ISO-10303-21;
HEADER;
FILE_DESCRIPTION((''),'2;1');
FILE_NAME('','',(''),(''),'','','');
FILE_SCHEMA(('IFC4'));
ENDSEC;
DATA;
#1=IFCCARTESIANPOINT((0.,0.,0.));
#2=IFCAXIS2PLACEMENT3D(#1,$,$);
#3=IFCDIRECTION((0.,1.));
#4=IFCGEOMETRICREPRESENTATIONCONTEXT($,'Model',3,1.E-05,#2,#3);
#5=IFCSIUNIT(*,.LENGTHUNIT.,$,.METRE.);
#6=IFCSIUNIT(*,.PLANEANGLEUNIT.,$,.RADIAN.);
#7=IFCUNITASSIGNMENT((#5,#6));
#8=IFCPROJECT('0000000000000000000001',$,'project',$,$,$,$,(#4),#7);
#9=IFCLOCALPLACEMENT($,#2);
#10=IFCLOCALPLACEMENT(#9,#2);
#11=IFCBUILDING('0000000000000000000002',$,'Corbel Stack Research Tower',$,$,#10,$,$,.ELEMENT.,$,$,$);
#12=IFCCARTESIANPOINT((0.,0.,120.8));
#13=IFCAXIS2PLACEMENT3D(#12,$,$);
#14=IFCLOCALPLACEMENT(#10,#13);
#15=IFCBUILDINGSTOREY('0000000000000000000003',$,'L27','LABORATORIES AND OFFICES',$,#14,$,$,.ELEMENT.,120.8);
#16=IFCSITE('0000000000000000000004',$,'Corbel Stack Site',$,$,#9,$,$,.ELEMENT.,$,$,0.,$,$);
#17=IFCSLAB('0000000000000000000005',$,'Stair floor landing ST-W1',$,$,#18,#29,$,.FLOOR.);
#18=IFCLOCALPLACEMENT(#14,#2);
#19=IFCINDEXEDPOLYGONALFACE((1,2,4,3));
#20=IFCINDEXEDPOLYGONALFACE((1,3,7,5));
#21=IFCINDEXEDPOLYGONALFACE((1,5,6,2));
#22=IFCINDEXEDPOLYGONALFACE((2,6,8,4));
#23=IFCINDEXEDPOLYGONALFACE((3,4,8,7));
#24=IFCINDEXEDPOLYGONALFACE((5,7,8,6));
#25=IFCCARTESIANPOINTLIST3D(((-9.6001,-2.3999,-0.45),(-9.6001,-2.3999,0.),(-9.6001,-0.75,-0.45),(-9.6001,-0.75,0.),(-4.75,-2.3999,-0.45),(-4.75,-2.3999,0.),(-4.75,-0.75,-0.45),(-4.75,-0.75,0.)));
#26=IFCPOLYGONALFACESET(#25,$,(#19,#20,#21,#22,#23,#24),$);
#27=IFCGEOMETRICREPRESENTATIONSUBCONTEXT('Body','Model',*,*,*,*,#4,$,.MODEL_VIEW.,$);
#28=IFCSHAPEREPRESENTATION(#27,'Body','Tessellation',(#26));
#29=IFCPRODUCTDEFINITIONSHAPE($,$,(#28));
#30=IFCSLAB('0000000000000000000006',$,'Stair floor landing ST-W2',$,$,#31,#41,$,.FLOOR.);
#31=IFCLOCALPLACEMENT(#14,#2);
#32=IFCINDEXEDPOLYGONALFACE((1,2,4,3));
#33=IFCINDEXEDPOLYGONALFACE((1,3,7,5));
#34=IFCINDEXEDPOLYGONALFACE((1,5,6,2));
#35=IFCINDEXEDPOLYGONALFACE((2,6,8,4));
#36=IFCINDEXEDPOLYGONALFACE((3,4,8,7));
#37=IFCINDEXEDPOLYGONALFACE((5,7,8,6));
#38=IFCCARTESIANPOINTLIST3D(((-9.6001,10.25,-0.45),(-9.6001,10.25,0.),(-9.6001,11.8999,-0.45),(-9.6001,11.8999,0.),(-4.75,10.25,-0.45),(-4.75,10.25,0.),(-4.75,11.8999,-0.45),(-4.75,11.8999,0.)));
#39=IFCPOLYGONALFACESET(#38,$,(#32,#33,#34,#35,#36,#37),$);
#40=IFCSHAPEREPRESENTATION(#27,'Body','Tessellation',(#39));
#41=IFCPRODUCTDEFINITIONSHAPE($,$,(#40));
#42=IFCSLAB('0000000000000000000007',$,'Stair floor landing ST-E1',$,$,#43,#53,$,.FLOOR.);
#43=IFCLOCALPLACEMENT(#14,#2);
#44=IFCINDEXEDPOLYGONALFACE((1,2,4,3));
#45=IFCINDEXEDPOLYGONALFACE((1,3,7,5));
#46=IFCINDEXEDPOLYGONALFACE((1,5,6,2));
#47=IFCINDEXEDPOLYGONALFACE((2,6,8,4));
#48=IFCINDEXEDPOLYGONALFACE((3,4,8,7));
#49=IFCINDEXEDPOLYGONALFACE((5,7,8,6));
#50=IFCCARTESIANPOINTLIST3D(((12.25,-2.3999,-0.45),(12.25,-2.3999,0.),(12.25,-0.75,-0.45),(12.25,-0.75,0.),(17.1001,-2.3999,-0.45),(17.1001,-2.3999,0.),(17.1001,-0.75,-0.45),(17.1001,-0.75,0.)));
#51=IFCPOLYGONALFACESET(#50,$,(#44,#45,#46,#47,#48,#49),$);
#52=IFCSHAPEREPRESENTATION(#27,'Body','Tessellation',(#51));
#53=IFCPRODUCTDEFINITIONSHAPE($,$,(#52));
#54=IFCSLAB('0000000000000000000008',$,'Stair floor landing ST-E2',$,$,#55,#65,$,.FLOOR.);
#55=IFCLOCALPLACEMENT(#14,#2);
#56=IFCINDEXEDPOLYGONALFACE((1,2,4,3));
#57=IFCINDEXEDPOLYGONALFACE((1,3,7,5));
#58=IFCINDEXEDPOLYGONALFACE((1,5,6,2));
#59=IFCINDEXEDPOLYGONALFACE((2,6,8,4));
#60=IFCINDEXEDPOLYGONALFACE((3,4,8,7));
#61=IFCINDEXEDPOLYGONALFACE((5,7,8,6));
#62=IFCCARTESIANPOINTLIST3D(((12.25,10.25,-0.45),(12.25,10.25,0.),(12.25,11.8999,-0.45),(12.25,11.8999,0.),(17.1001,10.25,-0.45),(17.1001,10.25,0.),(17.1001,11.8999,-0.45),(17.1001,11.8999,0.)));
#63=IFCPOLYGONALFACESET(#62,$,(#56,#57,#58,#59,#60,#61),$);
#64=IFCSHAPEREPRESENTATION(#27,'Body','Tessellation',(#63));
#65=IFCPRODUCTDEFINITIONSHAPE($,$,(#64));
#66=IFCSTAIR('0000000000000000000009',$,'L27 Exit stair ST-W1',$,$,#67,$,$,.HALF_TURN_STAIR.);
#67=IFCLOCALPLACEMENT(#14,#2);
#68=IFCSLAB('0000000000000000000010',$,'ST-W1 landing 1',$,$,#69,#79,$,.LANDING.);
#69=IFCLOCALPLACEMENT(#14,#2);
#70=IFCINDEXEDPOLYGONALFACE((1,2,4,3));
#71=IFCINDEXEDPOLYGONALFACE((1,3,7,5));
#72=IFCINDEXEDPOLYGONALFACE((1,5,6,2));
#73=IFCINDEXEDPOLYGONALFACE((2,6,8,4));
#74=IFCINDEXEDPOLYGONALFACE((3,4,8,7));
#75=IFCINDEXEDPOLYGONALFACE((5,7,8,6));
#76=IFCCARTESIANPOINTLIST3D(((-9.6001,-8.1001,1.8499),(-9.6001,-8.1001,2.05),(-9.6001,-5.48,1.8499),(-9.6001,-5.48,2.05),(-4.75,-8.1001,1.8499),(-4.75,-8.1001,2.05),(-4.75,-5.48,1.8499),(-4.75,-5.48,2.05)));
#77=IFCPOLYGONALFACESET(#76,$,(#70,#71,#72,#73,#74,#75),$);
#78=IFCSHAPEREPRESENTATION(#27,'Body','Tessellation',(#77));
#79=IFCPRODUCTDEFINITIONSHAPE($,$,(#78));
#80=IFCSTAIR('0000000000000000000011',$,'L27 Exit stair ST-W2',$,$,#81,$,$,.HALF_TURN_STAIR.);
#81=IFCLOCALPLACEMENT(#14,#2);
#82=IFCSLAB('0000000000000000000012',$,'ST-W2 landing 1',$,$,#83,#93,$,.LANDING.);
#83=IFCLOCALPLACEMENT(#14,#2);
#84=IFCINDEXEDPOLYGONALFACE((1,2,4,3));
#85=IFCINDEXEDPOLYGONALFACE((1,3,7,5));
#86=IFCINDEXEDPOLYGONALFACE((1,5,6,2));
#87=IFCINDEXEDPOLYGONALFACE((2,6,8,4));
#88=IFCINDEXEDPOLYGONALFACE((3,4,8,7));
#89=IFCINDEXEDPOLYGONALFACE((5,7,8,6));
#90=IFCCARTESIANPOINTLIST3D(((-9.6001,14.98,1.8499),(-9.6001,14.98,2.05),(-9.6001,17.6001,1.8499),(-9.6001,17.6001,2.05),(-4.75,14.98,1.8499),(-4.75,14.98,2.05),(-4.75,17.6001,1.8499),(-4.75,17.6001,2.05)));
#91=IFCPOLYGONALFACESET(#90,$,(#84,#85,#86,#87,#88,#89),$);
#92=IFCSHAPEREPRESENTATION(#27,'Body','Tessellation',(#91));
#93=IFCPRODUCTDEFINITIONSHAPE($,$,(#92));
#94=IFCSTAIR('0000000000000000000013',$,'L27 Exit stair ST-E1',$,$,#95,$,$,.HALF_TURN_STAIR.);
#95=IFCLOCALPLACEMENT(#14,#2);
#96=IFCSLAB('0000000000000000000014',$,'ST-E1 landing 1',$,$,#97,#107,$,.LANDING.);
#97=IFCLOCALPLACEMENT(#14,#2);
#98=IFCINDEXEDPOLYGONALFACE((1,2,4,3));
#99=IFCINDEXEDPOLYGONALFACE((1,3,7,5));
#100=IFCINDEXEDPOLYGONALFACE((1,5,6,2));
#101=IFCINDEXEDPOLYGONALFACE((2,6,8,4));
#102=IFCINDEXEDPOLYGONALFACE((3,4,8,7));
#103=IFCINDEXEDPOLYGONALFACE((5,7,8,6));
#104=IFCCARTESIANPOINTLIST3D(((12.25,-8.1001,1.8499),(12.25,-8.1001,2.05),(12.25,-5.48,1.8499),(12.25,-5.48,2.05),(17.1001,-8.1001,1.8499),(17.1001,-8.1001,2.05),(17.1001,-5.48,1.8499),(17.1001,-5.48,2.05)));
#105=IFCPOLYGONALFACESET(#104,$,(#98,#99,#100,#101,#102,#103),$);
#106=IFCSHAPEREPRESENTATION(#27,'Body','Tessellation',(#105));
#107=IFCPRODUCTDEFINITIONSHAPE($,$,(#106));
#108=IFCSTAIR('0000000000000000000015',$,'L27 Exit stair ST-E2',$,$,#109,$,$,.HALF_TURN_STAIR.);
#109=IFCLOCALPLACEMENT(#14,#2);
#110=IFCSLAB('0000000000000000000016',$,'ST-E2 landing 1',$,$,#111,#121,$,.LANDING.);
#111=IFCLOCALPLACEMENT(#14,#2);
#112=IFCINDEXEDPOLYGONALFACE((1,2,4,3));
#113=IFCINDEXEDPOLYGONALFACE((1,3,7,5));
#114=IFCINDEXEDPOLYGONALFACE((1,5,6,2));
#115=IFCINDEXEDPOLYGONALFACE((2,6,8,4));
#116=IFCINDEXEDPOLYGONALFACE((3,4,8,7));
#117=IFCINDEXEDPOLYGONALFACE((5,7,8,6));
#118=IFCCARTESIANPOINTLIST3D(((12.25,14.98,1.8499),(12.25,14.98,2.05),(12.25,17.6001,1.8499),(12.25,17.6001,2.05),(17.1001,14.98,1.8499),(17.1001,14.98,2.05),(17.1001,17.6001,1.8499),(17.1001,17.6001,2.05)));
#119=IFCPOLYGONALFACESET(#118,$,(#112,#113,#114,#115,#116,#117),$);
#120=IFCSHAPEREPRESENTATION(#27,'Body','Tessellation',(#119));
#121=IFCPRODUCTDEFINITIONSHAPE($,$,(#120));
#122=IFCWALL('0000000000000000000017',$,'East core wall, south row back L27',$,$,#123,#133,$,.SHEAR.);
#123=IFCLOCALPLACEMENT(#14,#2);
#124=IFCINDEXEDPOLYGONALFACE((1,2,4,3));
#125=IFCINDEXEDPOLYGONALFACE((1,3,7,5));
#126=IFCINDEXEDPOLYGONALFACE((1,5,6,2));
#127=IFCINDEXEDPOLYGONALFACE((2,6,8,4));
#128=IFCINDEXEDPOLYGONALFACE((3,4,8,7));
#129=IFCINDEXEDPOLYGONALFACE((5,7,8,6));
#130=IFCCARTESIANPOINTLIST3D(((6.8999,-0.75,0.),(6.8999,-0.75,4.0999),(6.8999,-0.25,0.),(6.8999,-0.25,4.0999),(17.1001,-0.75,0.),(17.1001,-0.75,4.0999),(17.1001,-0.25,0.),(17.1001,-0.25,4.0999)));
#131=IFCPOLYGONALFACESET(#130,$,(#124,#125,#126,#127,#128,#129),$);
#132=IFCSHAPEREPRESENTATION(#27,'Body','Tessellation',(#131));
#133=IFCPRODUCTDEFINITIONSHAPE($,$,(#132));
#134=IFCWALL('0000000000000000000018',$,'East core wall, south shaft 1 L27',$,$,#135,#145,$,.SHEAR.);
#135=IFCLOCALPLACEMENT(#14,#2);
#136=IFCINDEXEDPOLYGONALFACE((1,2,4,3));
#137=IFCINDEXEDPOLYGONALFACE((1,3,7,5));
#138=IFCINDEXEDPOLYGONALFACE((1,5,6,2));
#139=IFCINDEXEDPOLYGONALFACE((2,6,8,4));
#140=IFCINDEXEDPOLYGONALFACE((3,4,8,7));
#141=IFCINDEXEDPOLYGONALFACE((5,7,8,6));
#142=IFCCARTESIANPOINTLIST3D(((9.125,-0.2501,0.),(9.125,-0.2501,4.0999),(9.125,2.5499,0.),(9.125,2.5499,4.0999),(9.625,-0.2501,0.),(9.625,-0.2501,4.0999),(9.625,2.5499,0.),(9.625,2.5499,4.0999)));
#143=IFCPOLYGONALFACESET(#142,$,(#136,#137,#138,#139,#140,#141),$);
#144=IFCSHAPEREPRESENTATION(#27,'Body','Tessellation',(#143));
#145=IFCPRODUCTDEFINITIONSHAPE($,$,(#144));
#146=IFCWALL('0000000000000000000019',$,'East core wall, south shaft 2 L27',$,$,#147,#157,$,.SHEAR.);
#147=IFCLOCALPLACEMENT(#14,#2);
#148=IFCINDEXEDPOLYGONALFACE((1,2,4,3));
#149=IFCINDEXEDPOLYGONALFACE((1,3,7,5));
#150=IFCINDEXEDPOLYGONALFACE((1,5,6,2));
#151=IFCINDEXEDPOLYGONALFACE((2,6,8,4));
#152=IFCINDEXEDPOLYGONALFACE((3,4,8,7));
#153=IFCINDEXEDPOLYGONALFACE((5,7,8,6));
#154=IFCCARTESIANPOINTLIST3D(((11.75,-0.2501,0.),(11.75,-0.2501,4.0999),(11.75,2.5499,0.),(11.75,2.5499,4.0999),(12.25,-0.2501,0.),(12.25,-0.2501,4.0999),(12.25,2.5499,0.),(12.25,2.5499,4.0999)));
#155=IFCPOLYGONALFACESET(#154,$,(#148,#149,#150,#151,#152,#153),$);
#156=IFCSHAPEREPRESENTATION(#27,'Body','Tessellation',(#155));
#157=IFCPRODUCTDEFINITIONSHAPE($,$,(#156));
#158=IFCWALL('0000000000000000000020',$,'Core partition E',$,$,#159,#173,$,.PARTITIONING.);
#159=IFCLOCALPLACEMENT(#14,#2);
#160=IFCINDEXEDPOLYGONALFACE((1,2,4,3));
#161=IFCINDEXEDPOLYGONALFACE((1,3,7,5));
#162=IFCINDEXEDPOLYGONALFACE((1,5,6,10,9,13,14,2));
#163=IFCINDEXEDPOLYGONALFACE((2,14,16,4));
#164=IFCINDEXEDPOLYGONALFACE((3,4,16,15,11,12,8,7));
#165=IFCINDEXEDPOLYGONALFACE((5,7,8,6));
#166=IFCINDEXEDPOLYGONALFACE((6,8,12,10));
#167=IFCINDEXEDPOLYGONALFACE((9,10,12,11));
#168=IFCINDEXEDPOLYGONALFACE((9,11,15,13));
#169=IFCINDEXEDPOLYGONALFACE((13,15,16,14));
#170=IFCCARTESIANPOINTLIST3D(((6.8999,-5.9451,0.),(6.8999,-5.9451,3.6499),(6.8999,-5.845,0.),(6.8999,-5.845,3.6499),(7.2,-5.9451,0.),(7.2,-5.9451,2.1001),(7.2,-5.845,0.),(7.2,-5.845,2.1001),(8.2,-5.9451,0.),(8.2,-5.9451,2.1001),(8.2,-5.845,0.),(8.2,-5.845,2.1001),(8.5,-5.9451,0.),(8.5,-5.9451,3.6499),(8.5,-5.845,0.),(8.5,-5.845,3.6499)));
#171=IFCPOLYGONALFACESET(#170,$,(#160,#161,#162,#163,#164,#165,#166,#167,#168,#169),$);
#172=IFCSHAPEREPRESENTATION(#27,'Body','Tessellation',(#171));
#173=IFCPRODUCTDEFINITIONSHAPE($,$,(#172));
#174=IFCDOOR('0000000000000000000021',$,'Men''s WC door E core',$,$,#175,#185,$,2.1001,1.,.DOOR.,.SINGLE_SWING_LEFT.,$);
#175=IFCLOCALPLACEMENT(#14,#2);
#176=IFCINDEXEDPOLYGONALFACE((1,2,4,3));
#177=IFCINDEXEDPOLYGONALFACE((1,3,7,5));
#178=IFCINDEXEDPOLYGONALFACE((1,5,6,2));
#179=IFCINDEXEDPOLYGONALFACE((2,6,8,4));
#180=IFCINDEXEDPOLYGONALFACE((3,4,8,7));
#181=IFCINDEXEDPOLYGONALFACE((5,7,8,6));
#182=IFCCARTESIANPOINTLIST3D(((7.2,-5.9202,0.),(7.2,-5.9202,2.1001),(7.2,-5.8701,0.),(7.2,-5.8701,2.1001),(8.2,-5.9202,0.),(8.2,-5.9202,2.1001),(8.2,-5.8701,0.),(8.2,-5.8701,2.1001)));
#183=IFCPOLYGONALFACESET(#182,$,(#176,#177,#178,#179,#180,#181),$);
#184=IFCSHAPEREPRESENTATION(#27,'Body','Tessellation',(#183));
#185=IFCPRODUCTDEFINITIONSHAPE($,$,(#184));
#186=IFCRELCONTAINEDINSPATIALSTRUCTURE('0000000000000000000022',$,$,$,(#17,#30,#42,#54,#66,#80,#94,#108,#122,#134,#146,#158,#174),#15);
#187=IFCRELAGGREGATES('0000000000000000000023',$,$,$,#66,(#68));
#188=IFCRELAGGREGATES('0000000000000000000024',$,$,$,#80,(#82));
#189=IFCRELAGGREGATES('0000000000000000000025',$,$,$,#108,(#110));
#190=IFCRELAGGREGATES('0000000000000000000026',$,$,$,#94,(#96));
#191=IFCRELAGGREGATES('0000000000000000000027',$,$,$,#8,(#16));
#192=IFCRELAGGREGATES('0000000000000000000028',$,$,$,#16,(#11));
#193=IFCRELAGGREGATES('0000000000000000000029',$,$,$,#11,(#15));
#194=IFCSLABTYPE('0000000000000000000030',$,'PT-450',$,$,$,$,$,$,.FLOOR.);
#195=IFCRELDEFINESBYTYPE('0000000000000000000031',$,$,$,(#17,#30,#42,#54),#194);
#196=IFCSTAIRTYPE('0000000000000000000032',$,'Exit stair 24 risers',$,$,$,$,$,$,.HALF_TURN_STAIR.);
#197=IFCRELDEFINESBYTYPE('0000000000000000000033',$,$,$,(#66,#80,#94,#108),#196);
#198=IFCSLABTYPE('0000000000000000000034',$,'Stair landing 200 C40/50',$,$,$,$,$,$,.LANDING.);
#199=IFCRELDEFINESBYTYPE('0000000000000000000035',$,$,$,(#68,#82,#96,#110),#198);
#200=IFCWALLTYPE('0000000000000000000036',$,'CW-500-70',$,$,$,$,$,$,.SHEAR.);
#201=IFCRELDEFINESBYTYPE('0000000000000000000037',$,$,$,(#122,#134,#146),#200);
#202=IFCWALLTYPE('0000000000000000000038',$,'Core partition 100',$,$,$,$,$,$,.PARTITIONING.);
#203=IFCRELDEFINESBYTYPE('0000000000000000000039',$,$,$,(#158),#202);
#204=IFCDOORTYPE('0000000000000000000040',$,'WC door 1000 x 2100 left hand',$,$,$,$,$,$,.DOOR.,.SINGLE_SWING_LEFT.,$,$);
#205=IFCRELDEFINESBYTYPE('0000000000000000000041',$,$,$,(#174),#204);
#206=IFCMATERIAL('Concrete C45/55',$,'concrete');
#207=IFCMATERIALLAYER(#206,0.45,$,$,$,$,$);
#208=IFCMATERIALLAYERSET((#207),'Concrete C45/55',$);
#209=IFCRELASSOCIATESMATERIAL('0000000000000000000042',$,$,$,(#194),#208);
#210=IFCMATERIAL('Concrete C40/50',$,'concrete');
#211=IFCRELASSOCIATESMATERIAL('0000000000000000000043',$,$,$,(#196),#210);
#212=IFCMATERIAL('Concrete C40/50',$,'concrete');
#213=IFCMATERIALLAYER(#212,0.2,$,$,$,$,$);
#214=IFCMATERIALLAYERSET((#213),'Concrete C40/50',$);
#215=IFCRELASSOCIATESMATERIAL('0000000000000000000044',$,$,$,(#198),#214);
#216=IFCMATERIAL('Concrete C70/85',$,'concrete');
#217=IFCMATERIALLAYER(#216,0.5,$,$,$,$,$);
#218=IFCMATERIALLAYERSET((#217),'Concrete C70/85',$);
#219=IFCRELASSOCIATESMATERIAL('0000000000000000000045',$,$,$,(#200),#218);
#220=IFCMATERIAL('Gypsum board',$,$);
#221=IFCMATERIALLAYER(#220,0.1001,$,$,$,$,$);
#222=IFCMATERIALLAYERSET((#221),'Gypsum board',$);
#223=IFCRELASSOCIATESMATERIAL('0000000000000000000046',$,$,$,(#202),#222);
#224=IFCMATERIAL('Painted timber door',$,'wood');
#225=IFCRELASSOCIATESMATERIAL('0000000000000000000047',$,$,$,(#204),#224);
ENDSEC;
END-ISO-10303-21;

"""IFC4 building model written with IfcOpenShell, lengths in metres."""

from ifc_helpers import new_model, si_unit, direction, frame, frame_2d, origin, place, context, subcontext, project, spatial, polyline, rectangle, outline, extrude, material, layer, layer_set, type_object, element, fill, aggregate, save


model = new_model("IFC4")

# Units and contexts
model_context = context("Model", 3, precision=1e-05, world=origin(), true_north=direction((0.0, 1.0)))
body_context = subcontext(model_context, "Body", "Model", "MODEL_VIEW")
ifc_project = project(units=[si_unit("LENGTHUNIT", "METRE"), si_unit("PLANEANGLEUNIT", "RADIAN")], contexts=[model_context])

# Site, building, storey
site_placement = place(None, origin())
site = spatial("IfcSite", under=ifc_project, at=site_placement, Name="Corbel Stack Site", CompositionType="ELEMENT", RefElevation=0.0)
building_placement = place(site_placement, origin())
building = spatial("IfcBuilding", under=site, at=building_placement, Name="Corbel Stack Research Tower", CompositionType="ELEMENT")
storey_placement = place(building_placement, frame((0.0, 0.0, 120.8)))
storey = spatial("IfcBuildingStorey", under=building, at=storey_placement, Name="L27", Description="LABORATORIES AND OFFICES", CompositionType="ELEMENT", Elevation=120.8)

# Slabs
ifc_material_1 = material(Name="Concrete C45/55", Category="concrete")
ifc_layer_1 = layer(ifc_material_1, 0.45)
ifc_layer_set_1 = layer_set([ifc_layer_1], Name="Concrete C45/55")
slab_type_1 = type_object("IfcSlabType", Name="PT-450", PredefinedType="FLOOR", material=ifc_layer_set_1)
slab_1_placement = place(storey_placement, frame((0.0, 0.0, -0.45)))
element("IfcSlab", 1, at=slab_1_placement, inside=storey, type_object=slab_type_1, Name="Stair floor landing ST-W1", PredefinedType="FLOOR", context=body_context, shape_type="SweptSolid", body=[
    extrude(outline(polyline([(-9.6001, -2.3999), (-4.75, -2.3999), (-4.75, -0.75), (-9.6001, -0.75), (-9.6001, -2.3999)])), origin(), (0.0, 0.0, 1.0), 0.45),
])
slab_2_placement = place(storey_placement, frame((0.0, 0.0, -0.45)))
element("IfcSlab", 2, at=slab_2_placement, inside=storey, type_object=slab_type_1, Name="Stair floor landing ST-W2", PredefinedType="FLOOR", context=body_context, shape_type="SweptSolid", body=[
    extrude(outline(polyline([(-9.6001, 10.25), (-4.75, 10.25), (-4.75, 11.8999), (-9.6001, 11.8999), (-9.6001, 10.25)])), origin(), (0.0, 0.0, 1.0), 0.45),
])
slab_3_placement = place(storey_placement, frame((0.0, 0.0, -0.45)))
element("IfcSlab", 3, at=slab_3_placement, inside=storey, type_object=slab_type_1, Name="Stair floor landing ST-E1", PredefinedType="FLOOR", context=body_context, shape_type="SweptSolid", body=[
    extrude(outline(polyline([(12.25, -2.3999), (17.1001, -2.3999), (17.1001, -0.75), (12.25, -0.75), (12.25, -2.3999)])), origin(), (0.0, 0.0, 1.0), 0.45),
])
slab_4_placement = place(storey_placement, frame((0.0, 0.0, -0.45)))
element("IfcSlab", 4, at=slab_4_placement, inside=storey, type_object=slab_type_1, Name="Stair floor landing ST-E2", PredefinedType="FLOOR", context=body_context, shape_type="SweptSolid", body=[
    extrude(outline(polyline([(12.25, 10.25), (17.1001, 10.25), (17.1001, 11.8999), (12.25, 11.8999), (12.25, 10.25)])), origin(), (0.0, 0.0, 1.0), 0.45),
])

# Stairs, slabs
ifc_material_2 = material(Name="Concrete C40/50", Category="concrete")
stair_type = type_object("IfcStairType", Name="Exit stair 24 risers", PredefinedType="HALF_TURN_STAIR", material=ifc_material_2)
stair_1_placement = place(storey_placement, origin())
stair_1 = element("IfcStair", 5, at=stair_1_placement, inside=storey, type_object=stair_type, Name="L27 Exit stair ST-W1", PredefinedType="HALF_TURN_STAIR")
ifc_material_3 = material(Name="Concrete C40/50", Category="concrete")
ifc_layer_2 = layer(ifc_material_3, 0.2)
ifc_layer_set_2 = layer_set([ifc_layer_2], Name="Concrete C40/50")
slab_type_2 = type_object("IfcSlabType", Name="Stair landing 200 C40/50", PredefinedType="LANDING", material=ifc_layer_set_2)
slab_5_placement = place(storey_placement, frame((0.0, 0.0, 1.8499)))
slab_5 = element("IfcSlab", 6, at=slab_5_placement, type_object=slab_type_2, Name="ST-W1 landing 1", PredefinedType="LANDING", context=body_context, shape_type="SweptSolid", body=[
    extrude(outline(polyline([(-9.6001, -8.1001), (-9.6001, -5.48), (-4.75, -5.48), (-4.75, -8.1001), (-9.6001, -8.1001)])), origin(), (0.0, 0.0, 1.0), 0.2002),
])
aggregate(stair_1, [slab_5])
stair_2_placement = place(storey_placement, origin())
stair_2 = element("IfcStair", 7, at=stair_2_placement, inside=storey, type_object=stair_type, Name="L27 Exit stair ST-W2", PredefinedType="HALF_TURN_STAIR")
slab_6_placement = place(storey_placement, frame((0.0, 0.0, 1.8499)))
slab_6 = element("IfcSlab", 8, at=slab_6_placement, type_object=slab_type_2, Name="ST-W2 landing 1", PredefinedType="LANDING", context=body_context, shape_type="SweptSolid", body=[
    extrude(outline(polyline([(-9.6001, 14.98), (-9.6001, 17.6001), (-4.75, 17.6001), (-4.75, 14.98), (-9.6001, 14.98)])), origin(), (0.0, 0.0, 1.0), 0.2002),
])
aggregate(stair_2, [slab_6])
stair_3_placement = place(storey_placement, origin())
stair_3 = element("IfcStair", 9, at=stair_3_placement, inside=storey, type_object=stair_type, Name="L27 Exit stair ST-E1", PredefinedType="HALF_TURN_STAIR")
slab_7_placement = place(storey_placement, frame((0.0, 0.0, 1.8499)))
slab_7 = element("IfcSlab", 10, at=slab_7_placement, type_object=slab_type_2, Name="ST-E1 landing 1", PredefinedType="LANDING", context=body_context, shape_type="SweptSolid", body=[
    extrude(outline(polyline([(12.25, -8.1001), (12.25, -5.48), (17.1001, -5.48), (17.1001, -8.1001), (12.25, -8.1001)])), origin(), (0.0, 0.0, 1.0), 0.2002),
])
stair_4_placement = place(storey_placement, origin())
stair_4 = element("IfcStair", 11, at=stair_4_placement, inside=storey, type_object=stair_type, Name="L27 Exit stair ST-E2", PredefinedType="HALF_TURN_STAIR")
slab_8_placement = place(storey_placement, frame((0.0, 0.0, 1.8499)))
slab_8 = element("IfcSlab", 12, at=slab_8_placement, type_object=slab_type_2, Name="ST-E2 landing 1", PredefinedType="LANDING", context=body_context, shape_type="SweptSolid", body=[
    extrude(outline(polyline([(12.25, 14.98), (12.25, 17.6001), (17.1001, 17.6001), (17.1001, 14.98), (12.25, 14.98)])), origin(), (0.0, 0.0, 1.0), 0.2002),
])
aggregate(stair_4, [slab_8])

# Walls
ifc_material_4 = material(Name="Concrete C70/85", Category="concrete")
ifc_layer_3 = layer(ifc_material_4, 0.5)
ifc_layer_set_3 = layer_set([ifc_layer_3], Name="Concrete C70/85")
wall_type_1 = type_object("IfcWallType", Name="CW-500-70", PredefinedType="SHEAR", material=ifc_layer_set_3)
wall_1_placement = place(storey_placement, frame((6.8999, -0.5, 0.0), z_axis=(0.0, 0.0, 1.0), x_axis=(1.0, 0.0, 0.0)))
element("IfcWall", 13, at=wall_1_placement, inside=storey, type_object=wall_type_1, Name="East core wall, south row back L27", PredefinedType="SHEAR", context=body_context, shape_type="SweptSolid", body=[
    extrude(rectangle(XDim=10.2002, YDim=0.5, at=frame_2d((5.1001, 0.0))), origin(), (0.0, 0.0, 1.0), 4.0999),
])
for number, where, z_axis, x_axis, name in (
    (14, (9.375, -0.25, 0.0), (0.0, 0.0, 1.0), (0.0, 1.0, 0.0), "East core wall, south shaft 1 L27"),
    (15, (12.0, -0.25, 0.0), (0.0, 0.0, 1.0), (0.0, 1.0, 0.0), "East core wall, south shaft 2 L27"),
):
    element("IfcWall", number, at=place(storey_placement, frame(where, z_axis=z_axis, x_axis=x_axis)), inside=storey, type_object=wall_type_1, Name=name, PredefinedType="SHEAR", context=body_context, shape_type="SweptSolid", body=[
        extrude(rectangle(XDim=2.8, YDim=0.5, at=frame_2d((1.3999, 0.0))), origin(), (0.0, 0.0, 1.0), 4.0999),
    ])

# Wall, opening, door
ifc_material_5 = material(Name="Gypsum board")
ifc_layer_4 = layer(ifc_material_5, 0.1001)
ifc_layer_set_4 = layer_set([ifc_layer_4], Name="Gypsum board")
wall_type_2 = type_object("IfcWallType", Name="Core partition 100", PredefinedType="PARTITIONING", material=ifc_layer_set_4)
wall_2_placement = place(storey_placement, frame((6.8999, -5.895, 0.0), z_axis=(0.0, 0.0, 1.0), x_axis=(1.0, 0.0, 0.0)))
wall_2 = element("IfcWall", 16, at=wall_2_placement, inside=storey, type_object=wall_type_2, Name="Core partition E", PredefinedType="PARTITIONING", context=body_context, shape_type="SweptSolid", body=[
    extrude(rectangle(XDim=1.6001, YDim=0.1001, at=frame_2d((0.8, 0.0))), origin(), (0.0, 0.0, 1.0), 3.6499),
])
opening_1_placement = place(wall_2_placement, frame((0.3, 0.0, 0.0)))
opening_1 = element("IfcOpeningElement", 17, at=opening_1_placement, cuts=wall_2, PredefinedType="OPENING", context=body_context, shape_type="SweptSolid", body=[
    extrude(rectangle(XDim=1.0, YDim=2.1001, at=frame_2d((0.5, 1.05))), frame((0.0, 0.0601, 0.0), z_axis=(0.0, -1.0, 0.0), x_axis=(1.0, 0.0, 0.0)), (0.0, 0.0, 1.0), 0.1201),
])
ifc_material_6 = material(Name="Painted timber door", Category="wood")
door_type_1 = type_object("IfcDoorType", Name="WC door 1000 x 2100 left hand", OperationType="SINGLE_SWING_LEFT", PredefinedType="DOOR", material=ifc_material_6)
door_1_placement = place(opening_1_placement, origin())
door_1 = element("IfcDoor", 18, at=door_1_placement, inside=storey, type_object=door_type_1, Name="Men's WC door E core", OperationType="SINGLE_SWING_LEFT", OverallHeight=2.1001, OverallWidth=1.0, PredefinedType="DOOR", context=body_context, shape_type="SweptSolid", body=[
    extrude(rectangle(XDim=1.0, YDim=2.1001, at=frame_2d((0.5, 1.05))), frame((0.0, 0.0249, 0.0), z_axis=(0.0, -1.0, 0.0), x_axis=(1.0, 0.0, 0.0)), (0.0, 0.0, 1.0), 0.05),
])
fill(opening_1, door_1)

aggregate(stair_3, [slab_7])

save(model, "model.ifc")
